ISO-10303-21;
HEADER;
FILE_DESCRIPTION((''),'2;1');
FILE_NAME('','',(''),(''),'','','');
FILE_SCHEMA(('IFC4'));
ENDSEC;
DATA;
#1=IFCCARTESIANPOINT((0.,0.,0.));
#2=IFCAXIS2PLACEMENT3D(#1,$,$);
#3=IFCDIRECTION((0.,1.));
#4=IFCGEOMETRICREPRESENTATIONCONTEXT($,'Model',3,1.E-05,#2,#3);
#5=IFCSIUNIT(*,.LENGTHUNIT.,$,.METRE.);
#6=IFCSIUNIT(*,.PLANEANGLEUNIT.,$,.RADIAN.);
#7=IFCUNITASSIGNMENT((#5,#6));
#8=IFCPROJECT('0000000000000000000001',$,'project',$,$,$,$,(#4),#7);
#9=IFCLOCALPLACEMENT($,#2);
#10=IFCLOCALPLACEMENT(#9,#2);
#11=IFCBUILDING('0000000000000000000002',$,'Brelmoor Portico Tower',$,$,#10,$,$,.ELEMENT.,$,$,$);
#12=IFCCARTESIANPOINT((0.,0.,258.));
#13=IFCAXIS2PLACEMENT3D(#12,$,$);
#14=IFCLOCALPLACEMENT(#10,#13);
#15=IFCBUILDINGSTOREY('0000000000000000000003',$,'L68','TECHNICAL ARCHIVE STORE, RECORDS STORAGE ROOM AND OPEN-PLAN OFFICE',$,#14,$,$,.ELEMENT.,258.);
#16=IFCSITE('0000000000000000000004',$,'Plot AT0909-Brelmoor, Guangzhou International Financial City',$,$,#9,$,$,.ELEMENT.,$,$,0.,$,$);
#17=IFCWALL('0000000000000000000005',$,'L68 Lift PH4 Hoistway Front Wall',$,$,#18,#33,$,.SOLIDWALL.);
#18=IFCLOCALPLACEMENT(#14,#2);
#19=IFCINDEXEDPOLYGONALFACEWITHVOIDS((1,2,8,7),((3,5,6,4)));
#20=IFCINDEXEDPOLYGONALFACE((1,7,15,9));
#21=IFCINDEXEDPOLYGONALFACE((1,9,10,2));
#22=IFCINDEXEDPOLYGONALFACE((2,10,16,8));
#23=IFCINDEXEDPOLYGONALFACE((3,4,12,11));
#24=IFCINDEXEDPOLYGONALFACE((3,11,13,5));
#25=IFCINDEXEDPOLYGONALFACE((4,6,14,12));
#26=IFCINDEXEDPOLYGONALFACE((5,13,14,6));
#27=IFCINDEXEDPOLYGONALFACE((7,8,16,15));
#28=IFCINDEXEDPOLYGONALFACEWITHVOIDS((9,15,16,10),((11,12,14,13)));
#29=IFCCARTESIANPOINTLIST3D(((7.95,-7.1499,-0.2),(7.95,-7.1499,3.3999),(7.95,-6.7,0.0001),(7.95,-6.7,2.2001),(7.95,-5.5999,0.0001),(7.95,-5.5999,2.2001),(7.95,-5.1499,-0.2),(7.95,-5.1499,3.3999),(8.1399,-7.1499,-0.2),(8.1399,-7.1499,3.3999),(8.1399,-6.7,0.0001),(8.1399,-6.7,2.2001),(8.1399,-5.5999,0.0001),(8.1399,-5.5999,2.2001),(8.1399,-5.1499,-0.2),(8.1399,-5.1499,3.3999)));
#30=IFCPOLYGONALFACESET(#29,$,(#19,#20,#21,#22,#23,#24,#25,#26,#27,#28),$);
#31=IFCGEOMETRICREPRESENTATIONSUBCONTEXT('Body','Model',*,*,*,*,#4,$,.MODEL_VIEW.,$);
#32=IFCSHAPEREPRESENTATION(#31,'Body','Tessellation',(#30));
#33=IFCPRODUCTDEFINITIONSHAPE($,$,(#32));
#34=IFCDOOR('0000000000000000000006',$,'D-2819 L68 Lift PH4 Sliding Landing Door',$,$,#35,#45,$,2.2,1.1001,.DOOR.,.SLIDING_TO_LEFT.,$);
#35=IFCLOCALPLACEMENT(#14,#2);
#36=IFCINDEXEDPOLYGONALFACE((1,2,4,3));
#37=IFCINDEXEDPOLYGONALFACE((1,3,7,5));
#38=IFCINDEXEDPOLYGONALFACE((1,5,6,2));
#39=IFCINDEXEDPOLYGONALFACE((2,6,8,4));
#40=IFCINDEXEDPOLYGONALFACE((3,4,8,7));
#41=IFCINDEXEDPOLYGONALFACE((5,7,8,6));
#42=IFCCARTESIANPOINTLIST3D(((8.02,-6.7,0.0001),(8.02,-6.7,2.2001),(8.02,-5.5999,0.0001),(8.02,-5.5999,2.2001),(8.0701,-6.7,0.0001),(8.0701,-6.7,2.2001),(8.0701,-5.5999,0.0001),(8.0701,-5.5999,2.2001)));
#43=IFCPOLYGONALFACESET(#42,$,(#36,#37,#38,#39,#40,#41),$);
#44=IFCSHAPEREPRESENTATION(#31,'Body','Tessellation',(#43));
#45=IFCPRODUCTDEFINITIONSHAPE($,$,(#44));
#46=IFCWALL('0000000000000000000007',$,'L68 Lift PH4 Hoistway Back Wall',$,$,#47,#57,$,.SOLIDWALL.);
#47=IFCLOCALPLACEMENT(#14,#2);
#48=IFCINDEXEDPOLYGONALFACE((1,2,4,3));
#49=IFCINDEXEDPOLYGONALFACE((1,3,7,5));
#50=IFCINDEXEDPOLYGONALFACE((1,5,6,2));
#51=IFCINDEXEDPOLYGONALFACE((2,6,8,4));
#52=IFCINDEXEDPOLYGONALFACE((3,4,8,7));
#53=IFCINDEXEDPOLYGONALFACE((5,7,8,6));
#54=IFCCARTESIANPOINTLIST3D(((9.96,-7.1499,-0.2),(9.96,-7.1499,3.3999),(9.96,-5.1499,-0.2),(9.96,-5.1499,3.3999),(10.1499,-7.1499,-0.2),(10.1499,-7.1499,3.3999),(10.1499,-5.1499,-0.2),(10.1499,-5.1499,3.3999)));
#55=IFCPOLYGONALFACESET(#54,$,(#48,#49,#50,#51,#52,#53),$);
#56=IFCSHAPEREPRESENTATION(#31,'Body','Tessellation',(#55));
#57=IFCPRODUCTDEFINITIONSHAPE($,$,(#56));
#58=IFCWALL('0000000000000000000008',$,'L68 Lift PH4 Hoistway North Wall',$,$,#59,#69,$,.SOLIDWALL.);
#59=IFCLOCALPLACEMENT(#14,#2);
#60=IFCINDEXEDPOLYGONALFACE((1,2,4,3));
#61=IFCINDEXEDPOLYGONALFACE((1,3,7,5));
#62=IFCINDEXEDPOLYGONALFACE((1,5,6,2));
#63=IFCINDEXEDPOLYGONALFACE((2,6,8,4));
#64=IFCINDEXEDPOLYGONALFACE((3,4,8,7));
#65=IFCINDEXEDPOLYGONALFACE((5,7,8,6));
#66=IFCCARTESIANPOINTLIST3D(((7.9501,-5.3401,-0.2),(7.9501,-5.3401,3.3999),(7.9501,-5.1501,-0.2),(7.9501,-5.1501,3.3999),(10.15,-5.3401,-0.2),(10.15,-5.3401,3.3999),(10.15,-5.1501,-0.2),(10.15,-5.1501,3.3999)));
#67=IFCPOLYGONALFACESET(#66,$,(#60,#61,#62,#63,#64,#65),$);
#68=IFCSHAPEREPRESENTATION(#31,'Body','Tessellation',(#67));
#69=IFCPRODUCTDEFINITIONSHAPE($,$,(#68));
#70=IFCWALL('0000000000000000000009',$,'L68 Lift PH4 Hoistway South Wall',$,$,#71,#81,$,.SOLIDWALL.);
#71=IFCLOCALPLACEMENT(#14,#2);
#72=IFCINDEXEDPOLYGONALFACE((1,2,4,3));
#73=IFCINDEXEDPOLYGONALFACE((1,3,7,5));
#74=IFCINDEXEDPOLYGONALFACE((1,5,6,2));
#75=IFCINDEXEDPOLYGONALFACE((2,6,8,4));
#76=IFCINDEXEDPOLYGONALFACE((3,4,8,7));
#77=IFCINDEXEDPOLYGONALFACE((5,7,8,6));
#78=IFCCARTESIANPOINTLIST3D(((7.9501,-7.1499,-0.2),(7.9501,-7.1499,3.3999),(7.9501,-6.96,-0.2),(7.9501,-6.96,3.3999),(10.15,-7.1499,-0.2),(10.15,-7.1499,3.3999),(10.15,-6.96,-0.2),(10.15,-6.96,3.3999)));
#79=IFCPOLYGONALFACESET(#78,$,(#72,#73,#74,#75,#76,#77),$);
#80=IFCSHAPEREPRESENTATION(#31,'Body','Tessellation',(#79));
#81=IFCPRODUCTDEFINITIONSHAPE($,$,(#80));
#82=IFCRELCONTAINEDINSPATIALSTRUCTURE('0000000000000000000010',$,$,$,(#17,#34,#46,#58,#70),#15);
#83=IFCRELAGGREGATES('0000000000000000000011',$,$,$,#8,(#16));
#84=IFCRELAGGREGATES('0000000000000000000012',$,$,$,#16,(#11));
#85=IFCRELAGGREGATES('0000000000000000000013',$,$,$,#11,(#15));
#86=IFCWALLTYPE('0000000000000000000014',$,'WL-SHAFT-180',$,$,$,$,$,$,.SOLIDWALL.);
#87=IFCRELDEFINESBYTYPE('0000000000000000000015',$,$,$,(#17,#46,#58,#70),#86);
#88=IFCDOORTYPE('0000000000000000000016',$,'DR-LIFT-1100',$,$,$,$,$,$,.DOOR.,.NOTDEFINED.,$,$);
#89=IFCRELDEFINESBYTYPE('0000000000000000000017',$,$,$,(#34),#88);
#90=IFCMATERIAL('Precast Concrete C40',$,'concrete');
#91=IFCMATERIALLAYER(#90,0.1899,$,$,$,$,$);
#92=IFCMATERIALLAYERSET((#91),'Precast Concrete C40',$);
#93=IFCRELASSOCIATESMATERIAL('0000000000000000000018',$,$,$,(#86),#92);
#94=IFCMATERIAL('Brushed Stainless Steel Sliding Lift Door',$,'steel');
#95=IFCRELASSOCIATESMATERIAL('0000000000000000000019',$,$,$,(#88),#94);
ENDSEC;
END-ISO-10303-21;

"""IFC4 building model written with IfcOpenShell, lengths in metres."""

from ifc_helpers import new_model, si_unit, direction, frame, frame_2d, origin, place, context, subcontext, project, spatial, rectangle, extrude, material, layer, layer_set, type_object, element, fill, save


model = new_model("IFC4")

# Units and contexts
model_context = context("Model", 3, precision=1e-05, world=origin(), true_north=direction((0.0, 1.0)))
body_context = subcontext(model_context, "Body", "Model", "MODEL_VIEW")
ifc_project = project(units=[si_unit("LENGTHUNIT", "METRE"), si_unit("PLANEANGLEUNIT", "RADIAN")], contexts=[model_context])

# Site, building, storey
site_placement = place(None, origin())
site = spatial("IfcSite", under=ifc_project, at=site_placement, Name="Plot AT0909-Brelmoor, Guangzhou International Financial City", CompositionType="ELEMENT", RefElevation=0.0)
building_placement = place(site_placement, origin())
building = spatial("IfcBuilding", under=site, at=building_placement, Name="Brelmoor Portico Tower", CompositionType="ELEMENT")
storey_placement = place(building_placement, frame((0.0, 0.0, 258.0)))
storey = spatial("IfcBuildingStorey", under=building, at=storey_placement, Name="L68", Description="TECHNICAL ARCHIVE STORE, RECORDS STORAGE ROOM AND OPEN-PLAN OFFICE", CompositionType="ELEMENT", Elevation=258.0)

# Shared definitions
ifc_material_1 = material(Name="Precast Concrete C40", Category="concrete")
ifc_layer_1 = layer(ifc_material_1, 0.1899)
ifc_layer_set_1 = layer_set([ifc_layer_1], Name="Precast Concrete C40")
wall_type_1 = type_object("IfcWallType", Name="WL-SHAFT-180", PredefinedType="SOLIDWALL", material=ifc_layer_set_1)
ifc_material_2 = material(Name="Brushed Stainless Steel Sliding Lift Door", Category="steel")
door_type_1 = type_object("IfcDoorType", Name="DR-LIFT-1100", OperationType="NOTDEFINED", PredefinedType="DOOR", material=ifc_material_2)

# Wall, opening, door
wall_1_placement = place(storey_placement, frame((8.0449, -7.1499, -0.2), z_axis=(0.0, 0.0, 1.0), x_axis=(0.0, 1.0, 0.0)))
wall_1 = element("IfcWall", 1, at=wall_1_placement, inside=storey, type_object=wall_type_1, Name="L68 Lift PH4 Hoistway Front Wall", PredefinedType="SOLIDWALL", context=body_context, shape_type="SweptSolid", body=[
    extrude(rectangle(XDim=2.0, YDim=0.1899, at=frame_2d((1.0, 0.0))), origin(), (0.0, 0.0, 1.0), 3.5999),
])
opening_1_placement = place(wall_1_placement, frame((0.45, 0.0, 0.2)))
opening_1 = element("IfcOpeningElement", 2, at=opening_1_placement, cuts=wall_1, PredefinedType="OPENING", context=body_context, shape_type="SweptSolid", body=[
    extrude(rectangle(XDim=1.1001, YDim=2.2, at=frame_2d((0.55, 1.1001))), frame((0.0, 0.105, 0.0), z_axis=(0.0, -1.0, 0.0), x_axis=(1.0, 0.0, 0.0)), (0.0, 0.0, 1.0), 0.21),
])
door_1_placement = place(opening_1_placement, origin())
door_1 = element("IfcDoor", 3, at=door_1_placement, inside=storey, type_object=door_type_1, Name="D-2819 L68 Lift PH4 Sliding Landing Door", OperationType="SLIDING_TO_LEFT", OverallHeight=2.2, OverallWidth=1.1001, PredefinedType="DOOR", context=body_context, shape_type="SweptSolid", body=[
    extrude(rectangle(XDim=1.1001, YDim=2.2, at=frame_2d((0.55, 1.1001))), frame((0.0, 0.0249, 0.0), z_axis=(0.0, -1.0, 0.0), x_axis=(1.0, 0.0, 0.0)), (0.0, 0.0, 1.0), 0.05),
])
fill(opening_1, door_1)

# Walls
wall_2_placement = place(storey_placement, frame((10.0549, -7.1499, -0.2), z_axis=(0.0, 0.0, 1.0), x_axis=(0.0, 1.0, 0.0)))
element("IfcWall", 4, at=wall_2_placement, inside=storey, type_object=wall_type_1, Name="L68 Lift PH4 Hoistway Back Wall", PredefinedType="SOLIDWALL", context=body_context, shape_type="SweptSolid", body=[
    extrude(rectangle(XDim=2.0, YDim=0.1899, at=frame_2d((1.0, 0.0))), origin(), (0.0, 0.0, 1.0), 3.5999),
])
for number, where, z_axis, x_axis, name in (
    (5, (7.95, -5.2451, -0.2), (0.0, 0.0, 1.0), (1.0, 0.0, 0.0), "L68 Lift PH4 Hoistway North Wall"),
    (6, (7.95, -7.0549, -0.2), (0.0, 0.0, 1.0), (1.0, 0.0, 0.0), "L68 Lift PH4 Hoistway South Wall"),
):
    element("IfcWall", number, at=place(storey_placement, frame(where, z_axis=z_axis, x_axis=x_axis)), inside=storey, type_object=wall_type_1, Name=name, PredefinedType="SOLIDWALL", context=body_context, shape_type="SweptSolid", body=[
        extrude(rectangle(XDim=2.2, YDim=0.1899, at=frame_2d((1.1001, 0.0))), origin(), (0.0, 0.0, 1.0), 3.5999),
    ])

save(model, "model.ifc")
